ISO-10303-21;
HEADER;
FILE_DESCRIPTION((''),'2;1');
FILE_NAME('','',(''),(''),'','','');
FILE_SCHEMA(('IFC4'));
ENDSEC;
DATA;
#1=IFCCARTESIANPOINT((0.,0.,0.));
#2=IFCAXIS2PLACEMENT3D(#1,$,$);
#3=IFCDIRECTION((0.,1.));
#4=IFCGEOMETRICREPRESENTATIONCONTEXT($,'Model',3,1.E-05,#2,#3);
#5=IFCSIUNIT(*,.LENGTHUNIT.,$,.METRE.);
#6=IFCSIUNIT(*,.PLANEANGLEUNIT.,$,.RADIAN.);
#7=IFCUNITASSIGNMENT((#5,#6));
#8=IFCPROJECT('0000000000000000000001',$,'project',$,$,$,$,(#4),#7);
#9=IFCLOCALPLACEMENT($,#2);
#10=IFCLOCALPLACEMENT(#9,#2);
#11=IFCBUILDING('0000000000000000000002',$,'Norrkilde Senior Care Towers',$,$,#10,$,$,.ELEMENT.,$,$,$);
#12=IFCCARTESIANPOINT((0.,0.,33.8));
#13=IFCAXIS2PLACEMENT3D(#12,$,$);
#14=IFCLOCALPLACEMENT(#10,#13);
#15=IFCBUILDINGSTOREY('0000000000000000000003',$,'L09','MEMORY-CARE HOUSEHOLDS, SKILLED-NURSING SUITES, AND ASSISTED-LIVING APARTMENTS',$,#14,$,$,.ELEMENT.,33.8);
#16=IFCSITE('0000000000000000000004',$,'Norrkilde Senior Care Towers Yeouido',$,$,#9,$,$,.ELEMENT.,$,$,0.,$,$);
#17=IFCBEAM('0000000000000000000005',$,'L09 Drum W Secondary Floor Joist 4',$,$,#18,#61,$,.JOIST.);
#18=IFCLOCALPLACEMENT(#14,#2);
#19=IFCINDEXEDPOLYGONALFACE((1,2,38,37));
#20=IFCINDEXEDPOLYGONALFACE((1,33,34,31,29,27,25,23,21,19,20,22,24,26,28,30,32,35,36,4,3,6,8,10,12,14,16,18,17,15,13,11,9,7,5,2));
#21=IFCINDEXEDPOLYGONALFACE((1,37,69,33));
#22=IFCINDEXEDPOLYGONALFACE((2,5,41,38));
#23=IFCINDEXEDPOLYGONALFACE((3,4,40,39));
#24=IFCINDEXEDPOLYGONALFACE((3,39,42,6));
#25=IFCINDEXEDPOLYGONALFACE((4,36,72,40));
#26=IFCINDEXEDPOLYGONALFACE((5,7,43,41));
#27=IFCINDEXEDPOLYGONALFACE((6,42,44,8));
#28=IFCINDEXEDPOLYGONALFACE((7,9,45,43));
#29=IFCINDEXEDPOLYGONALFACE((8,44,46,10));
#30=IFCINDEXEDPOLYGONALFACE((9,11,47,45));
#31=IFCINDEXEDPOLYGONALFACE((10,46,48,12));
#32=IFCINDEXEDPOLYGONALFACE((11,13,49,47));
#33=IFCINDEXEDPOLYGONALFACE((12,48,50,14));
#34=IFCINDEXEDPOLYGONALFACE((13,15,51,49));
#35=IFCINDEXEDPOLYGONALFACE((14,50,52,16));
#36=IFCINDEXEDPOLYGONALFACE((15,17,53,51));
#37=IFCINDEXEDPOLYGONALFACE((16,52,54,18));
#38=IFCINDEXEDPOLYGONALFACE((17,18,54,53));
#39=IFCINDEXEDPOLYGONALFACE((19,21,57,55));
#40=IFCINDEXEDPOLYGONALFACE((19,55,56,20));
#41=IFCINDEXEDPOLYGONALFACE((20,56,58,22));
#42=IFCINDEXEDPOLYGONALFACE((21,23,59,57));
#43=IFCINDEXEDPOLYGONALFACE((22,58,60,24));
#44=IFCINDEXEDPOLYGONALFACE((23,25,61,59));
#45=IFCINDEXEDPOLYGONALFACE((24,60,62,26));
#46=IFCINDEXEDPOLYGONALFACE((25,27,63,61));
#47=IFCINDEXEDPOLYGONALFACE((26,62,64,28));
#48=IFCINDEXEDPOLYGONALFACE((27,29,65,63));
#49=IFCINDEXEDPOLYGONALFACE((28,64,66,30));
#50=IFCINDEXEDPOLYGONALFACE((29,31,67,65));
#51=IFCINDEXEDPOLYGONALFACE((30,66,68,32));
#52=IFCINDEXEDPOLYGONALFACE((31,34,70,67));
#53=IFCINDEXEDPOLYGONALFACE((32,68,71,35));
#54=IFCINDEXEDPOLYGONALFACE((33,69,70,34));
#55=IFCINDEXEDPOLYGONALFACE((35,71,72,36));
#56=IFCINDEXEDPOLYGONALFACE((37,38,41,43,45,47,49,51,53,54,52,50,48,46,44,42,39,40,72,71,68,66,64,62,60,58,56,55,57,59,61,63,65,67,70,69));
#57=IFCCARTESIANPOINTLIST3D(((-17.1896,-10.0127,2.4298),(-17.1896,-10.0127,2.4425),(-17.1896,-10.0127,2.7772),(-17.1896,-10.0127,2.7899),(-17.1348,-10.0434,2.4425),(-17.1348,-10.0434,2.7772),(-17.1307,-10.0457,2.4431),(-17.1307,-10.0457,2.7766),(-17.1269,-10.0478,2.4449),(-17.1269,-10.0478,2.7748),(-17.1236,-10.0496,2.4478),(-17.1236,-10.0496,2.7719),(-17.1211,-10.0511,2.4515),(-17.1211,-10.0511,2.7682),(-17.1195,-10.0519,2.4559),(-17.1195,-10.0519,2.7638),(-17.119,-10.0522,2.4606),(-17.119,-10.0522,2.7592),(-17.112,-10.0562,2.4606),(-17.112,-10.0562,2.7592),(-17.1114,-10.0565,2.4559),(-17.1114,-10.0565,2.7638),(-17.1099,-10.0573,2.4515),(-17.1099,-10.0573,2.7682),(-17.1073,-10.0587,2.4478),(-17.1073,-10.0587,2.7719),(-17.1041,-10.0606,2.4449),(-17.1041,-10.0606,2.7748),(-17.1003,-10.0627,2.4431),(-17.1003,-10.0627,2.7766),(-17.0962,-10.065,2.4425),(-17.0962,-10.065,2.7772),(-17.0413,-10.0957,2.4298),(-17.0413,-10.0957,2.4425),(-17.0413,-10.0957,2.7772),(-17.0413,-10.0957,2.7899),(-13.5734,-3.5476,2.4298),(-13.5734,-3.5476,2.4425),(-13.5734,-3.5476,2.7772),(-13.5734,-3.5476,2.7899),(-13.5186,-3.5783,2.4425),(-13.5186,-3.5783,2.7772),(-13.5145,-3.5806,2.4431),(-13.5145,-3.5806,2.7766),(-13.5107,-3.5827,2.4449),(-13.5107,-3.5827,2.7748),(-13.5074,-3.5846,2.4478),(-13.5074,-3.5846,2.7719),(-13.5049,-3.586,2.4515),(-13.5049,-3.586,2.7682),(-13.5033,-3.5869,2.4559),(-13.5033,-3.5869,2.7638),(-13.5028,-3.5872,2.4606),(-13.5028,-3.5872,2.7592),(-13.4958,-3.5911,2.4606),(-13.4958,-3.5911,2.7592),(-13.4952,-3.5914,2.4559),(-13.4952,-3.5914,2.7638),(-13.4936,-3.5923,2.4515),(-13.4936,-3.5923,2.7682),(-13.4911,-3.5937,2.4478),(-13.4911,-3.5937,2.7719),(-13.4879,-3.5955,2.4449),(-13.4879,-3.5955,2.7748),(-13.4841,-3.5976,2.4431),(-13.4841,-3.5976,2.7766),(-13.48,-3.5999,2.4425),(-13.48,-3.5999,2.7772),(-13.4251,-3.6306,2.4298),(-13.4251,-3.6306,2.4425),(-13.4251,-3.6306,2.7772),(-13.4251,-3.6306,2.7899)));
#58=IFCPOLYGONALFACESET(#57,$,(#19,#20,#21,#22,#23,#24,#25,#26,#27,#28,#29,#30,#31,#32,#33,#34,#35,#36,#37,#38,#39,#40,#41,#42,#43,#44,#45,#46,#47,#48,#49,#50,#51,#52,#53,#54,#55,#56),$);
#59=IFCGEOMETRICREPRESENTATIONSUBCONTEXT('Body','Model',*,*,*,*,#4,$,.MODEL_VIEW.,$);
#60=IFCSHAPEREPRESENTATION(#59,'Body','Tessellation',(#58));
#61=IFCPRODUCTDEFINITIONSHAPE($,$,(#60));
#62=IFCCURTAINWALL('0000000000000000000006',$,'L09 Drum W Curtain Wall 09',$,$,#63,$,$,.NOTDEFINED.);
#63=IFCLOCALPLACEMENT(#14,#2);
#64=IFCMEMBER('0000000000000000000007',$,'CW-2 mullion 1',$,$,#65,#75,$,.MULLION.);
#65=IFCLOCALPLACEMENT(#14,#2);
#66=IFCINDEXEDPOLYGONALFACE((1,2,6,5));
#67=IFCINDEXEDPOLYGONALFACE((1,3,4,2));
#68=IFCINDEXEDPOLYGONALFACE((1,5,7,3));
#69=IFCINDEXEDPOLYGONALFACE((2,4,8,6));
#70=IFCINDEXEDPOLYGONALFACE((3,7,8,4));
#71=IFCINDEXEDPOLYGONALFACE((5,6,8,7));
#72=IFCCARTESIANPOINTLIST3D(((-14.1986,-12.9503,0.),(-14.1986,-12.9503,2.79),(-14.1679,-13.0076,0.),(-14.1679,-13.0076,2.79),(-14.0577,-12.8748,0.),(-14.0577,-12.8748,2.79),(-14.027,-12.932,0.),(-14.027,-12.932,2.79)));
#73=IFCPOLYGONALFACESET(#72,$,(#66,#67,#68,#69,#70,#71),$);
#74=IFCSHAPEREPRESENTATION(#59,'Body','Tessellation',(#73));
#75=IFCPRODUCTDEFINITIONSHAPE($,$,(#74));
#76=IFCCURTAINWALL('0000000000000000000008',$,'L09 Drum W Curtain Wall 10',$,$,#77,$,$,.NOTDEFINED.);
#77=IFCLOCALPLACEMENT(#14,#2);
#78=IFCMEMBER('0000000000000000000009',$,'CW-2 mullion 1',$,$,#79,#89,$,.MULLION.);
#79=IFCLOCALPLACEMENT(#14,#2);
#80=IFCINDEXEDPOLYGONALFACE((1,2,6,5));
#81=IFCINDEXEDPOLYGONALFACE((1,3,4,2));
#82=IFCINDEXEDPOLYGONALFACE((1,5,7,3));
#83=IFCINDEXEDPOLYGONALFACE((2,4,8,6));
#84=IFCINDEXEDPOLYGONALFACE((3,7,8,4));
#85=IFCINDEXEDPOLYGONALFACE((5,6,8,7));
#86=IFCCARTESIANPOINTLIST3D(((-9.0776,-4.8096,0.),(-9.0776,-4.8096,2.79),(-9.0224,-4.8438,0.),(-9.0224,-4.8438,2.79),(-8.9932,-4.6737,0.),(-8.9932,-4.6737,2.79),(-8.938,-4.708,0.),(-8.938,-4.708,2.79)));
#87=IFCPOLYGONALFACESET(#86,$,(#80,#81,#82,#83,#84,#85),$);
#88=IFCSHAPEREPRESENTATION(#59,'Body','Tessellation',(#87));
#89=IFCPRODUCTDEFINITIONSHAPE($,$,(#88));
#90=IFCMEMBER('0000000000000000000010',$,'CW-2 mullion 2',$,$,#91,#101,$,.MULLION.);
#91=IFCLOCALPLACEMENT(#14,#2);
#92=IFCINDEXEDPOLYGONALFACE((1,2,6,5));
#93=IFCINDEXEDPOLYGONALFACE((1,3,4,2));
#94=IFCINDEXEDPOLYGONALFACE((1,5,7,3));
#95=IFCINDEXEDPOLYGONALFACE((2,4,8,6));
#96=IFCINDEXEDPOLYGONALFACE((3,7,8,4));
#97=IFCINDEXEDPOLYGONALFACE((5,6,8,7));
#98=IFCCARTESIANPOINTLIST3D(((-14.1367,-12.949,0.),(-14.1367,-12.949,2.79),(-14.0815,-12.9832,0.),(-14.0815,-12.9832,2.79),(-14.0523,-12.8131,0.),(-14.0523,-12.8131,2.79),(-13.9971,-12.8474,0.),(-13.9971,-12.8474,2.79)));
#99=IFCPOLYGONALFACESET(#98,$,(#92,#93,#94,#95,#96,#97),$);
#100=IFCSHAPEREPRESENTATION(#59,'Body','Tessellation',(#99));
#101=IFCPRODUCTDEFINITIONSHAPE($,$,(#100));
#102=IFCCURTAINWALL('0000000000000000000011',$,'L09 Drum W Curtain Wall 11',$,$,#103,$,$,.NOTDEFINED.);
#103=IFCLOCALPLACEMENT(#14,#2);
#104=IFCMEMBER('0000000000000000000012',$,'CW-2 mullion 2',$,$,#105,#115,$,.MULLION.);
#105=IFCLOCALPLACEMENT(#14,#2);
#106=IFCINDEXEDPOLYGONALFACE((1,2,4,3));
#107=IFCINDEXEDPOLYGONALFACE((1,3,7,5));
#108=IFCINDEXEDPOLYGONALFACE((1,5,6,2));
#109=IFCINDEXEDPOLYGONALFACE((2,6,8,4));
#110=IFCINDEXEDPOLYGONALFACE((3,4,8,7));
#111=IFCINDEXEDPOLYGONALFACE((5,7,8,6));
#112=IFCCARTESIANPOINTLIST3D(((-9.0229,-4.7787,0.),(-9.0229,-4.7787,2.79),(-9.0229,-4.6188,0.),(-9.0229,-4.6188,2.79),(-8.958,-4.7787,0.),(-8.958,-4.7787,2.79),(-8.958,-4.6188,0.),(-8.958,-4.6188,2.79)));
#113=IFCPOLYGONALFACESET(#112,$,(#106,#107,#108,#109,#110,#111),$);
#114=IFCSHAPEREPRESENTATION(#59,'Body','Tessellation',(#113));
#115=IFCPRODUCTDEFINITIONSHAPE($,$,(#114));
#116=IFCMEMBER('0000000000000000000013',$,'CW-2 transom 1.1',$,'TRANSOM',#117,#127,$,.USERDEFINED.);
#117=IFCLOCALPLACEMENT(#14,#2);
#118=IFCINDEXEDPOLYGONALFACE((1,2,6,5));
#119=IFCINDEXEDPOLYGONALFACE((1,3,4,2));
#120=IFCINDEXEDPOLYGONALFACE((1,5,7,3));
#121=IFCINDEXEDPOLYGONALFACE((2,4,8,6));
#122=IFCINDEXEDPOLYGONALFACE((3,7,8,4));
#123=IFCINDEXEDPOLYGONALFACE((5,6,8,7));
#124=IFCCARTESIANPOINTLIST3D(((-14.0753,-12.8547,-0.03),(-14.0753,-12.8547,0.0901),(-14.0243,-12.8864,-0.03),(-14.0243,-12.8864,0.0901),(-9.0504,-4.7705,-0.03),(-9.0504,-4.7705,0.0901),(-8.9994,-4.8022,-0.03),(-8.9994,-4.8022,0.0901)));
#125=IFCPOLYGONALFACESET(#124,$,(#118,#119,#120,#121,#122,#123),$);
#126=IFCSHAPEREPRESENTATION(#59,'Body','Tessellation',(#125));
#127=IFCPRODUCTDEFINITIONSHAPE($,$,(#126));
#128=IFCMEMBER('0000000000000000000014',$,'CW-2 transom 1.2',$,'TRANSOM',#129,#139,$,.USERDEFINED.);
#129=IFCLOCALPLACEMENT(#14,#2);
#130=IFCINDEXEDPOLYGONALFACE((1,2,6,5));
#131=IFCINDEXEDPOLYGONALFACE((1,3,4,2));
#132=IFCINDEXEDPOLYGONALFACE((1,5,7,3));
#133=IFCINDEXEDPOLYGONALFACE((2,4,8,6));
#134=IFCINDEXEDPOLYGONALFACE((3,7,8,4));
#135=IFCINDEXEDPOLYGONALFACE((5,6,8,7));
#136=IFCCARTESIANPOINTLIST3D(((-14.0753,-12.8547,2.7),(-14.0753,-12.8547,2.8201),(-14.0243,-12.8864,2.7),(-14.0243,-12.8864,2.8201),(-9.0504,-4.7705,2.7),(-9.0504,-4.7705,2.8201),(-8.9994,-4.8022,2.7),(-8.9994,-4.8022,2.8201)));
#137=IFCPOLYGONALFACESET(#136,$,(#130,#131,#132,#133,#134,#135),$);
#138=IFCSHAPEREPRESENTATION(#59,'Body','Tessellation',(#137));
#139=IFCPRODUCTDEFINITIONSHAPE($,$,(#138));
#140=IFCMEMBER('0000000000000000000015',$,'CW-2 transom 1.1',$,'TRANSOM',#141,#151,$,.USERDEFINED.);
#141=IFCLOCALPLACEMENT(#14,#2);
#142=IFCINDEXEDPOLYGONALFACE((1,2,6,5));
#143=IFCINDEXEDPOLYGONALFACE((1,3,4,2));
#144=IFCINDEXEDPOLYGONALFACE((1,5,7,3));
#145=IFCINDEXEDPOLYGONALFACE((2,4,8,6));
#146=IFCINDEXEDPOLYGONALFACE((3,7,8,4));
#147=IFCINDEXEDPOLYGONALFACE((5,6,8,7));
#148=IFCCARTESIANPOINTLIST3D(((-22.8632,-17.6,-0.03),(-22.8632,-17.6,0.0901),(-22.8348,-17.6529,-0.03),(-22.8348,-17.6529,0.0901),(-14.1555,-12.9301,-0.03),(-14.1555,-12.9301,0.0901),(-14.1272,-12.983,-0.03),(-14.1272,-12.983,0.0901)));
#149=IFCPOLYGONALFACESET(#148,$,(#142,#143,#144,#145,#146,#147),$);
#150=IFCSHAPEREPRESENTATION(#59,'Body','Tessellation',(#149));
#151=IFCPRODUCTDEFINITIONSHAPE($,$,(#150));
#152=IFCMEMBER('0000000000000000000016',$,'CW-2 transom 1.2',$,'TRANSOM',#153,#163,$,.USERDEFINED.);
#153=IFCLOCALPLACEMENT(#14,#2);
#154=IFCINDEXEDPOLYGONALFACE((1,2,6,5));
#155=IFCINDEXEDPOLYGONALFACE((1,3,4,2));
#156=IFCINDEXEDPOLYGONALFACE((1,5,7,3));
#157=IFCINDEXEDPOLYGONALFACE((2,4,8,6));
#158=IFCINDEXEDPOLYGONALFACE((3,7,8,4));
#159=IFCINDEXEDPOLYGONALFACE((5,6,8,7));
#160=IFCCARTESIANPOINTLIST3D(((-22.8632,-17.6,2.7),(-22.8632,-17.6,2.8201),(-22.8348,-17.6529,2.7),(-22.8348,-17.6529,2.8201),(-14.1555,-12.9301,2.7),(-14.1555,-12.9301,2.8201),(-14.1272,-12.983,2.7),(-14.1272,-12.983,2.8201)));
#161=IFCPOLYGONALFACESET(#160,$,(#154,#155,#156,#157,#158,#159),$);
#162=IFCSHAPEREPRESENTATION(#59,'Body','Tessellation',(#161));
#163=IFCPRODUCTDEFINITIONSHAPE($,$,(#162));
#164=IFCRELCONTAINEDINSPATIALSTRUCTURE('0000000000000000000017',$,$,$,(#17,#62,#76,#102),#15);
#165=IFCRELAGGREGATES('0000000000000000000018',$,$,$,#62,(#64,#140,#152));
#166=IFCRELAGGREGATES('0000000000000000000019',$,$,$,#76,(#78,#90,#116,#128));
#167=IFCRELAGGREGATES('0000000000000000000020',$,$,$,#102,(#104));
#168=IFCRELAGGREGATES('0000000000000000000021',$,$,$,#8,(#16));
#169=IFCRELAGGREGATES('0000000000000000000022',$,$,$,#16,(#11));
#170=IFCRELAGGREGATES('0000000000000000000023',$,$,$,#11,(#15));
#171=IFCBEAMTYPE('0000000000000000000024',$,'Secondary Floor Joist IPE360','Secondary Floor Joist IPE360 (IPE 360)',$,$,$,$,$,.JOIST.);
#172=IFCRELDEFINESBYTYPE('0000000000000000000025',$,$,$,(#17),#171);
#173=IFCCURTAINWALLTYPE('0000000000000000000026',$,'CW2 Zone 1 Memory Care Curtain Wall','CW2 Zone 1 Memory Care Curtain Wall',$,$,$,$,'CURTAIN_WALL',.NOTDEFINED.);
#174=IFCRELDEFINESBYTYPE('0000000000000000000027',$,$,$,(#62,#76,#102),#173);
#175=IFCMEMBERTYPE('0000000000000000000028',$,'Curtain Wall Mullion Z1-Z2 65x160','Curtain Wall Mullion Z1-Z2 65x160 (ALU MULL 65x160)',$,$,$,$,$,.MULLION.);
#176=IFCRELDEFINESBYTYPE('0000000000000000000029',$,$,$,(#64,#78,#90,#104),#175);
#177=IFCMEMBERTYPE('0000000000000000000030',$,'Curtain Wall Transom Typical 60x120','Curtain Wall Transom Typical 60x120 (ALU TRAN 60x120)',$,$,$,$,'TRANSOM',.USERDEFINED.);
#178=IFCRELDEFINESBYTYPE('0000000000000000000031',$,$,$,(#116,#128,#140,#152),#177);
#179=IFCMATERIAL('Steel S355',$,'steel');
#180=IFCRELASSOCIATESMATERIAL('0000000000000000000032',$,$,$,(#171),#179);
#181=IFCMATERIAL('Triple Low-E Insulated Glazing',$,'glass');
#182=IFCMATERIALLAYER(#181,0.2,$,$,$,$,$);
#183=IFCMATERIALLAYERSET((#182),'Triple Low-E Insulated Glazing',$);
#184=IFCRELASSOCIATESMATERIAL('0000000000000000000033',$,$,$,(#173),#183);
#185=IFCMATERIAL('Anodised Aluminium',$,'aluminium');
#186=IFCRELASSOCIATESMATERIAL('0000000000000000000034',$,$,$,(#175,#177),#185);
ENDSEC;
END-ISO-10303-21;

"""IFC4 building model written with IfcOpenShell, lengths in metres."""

from ifc_helpers import new_model, si_unit, direction, frame, origin, origin_2d, place, context, subcontext, project, spatial, rectangle, i_section, extrude, source, transform, mapped, material, layer, layer_set, material_profile, profile_set, type_object, type_shapes, element, aggregate, save


model = new_model("IFC4")

# Units and contexts
model_context = context("Model", 3, precision=1e-05, world=origin(), true_north=direction((0.0, 1.0)))
body_context = subcontext(model_context, "Body", "Model", "MODEL_VIEW")
ifc_project = project(units=[si_unit("LENGTHUNIT", "METRE"), si_unit("PLANEANGLEUNIT", "RADIAN")], contexts=[model_context])

# Site, building, storey
site_placement = place(None, origin())
site = spatial("IfcSite", under=ifc_project, at=site_placement, Name="Norrkilde Senior Care Towers Yeouido", CompositionType="ELEMENT", RefElevation=0.0)
building_placement = place(site_placement, origin())
building = spatial("IfcBuilding", under=site, at=building_placement, Name="Norrkilde Senior Care Towers", CompositionType="ELEMENT")
storey_placement = place(building_placement, frame((0.0, 0.0, 33.8)))
storey = spatial("IfcBuildingStorey", under=building, at=storey_placement, Name="L09", Description="MEMORY-CARE HOUSEHOLDS, SKILLED-NURSING SUITES, AND ASSISTED-LIVING APARTMENTS", CompositionType="ELEMENT", Elevation=33.8)

# Beam
ifc_material_1 = material(Name="Steel S355", Category="steel")
ifc_material_profile_1 = material_profile(ifc_material_1, i_section(OverallWidth=0.1699, OverallDepth=0.3601, WebThickness=0.0081, FlangeThickness=0.0127, FilletRadius=0.0181, at=origin_2d()), Name="IPE 360")
ifc_profile_set_1 = profile_set([ifc_material_profile_1], Name="Steel S355")
beam_type_1 = type_object("IfcBeamType", Name="Secondary Floor Joist IPE360", Description="Secondary Floor Joist IPE360 (IPE 360)", PredefinedType="JOIST", material=ifc_profile_set_1)
shared_shape_1 = source(origin(), body_context, "Body", "SweptSolid", [
    extrude(i_section(OverallWidth=0.1699, OverallDepth=0.3601, WebThickness=0.0081, FlangeThickness=0.0127, FilletRadius=0.0181, at=origin_2d()), origin(), (0.0, 0.0, 1.0), 7.4077),
])
type_shapes(beam_type_1, [shared_shape_1])
beam_1_placement = place(storey_placement, frame((-17.1155, -10.0542, 2.6099), z_axis=(0.488168, 0.87275, 0.0), x_axis=(-0.87275, 0.488168, 0.0)))
element("IfcBeam", 1, at=beam_1_placement, inside=storey, type_object=beam_type_1, Name="L09 Drum W Secondary Floor Joist 4", PredefinedType="JOIST", context=body_context, shape_type="MappedRepresentation", body=[
    mapped(shared_shape_1, transform((0.0, 0.0, 0.0), x_axis=(1.0, 0.0, 0.0), y_axis=(0.0, 1.0, 0.0), z_axis=(0.0, 0.0, 1.0), scale=1.0)),
])

# Curtain wall, member
ifc_material_2 = material(Name="Triple Low-E Insulated Glazing", Category="glass")
ifc_layer_1 = layer(ifc_material_2, 0.2)
ifc_layer_set_1 = layer_set([ifc_layer_1], Name="Triple Low-E Insulated Glazing")
curtain_wall_type = type_object("IfcCurtainWallType", Name="CW2 Zone 1 Memory Care Curtain Wall", Description="CW2 Zone 1 Memory Care Curtain Wall", ElementType="CURTAIN_WALL", PredefinedType="NOTDEFINED", material=ifc_layer_set_1)
curtain_wall_1_placement = place(storey_placement, origin())
curtain_wall_1 = element("IfcCurtainWall", 2, at=curtain_wall_1_placement, inside=storey, type_object=curtain_wall_type, Name="L09 Drum W Curtain Wall 09", PredefinedType="NOTDEFINED")
ifc_material_3 = material(Name="Anodised Aluminium", Category="aluminium")
ifc_material_profile_2 = material_profile(ifc_material_3, rectangle(XDim=0.0649, YDim=0.1599, at=origin_2d()), Name="ALU MULL 65x160")
ifc_profile_set_2 = profile_set([ifc_material_profile_2], Name="Anodised Aluminium")
member_type_1 = type_object("IfcMemberType", Name="Curtain Wall Mullion Z1-Z2 65x160", Description="Curtain Wall Mullion Z1-Z2 65x160 (ALU MULL 65x160)", PredefinedType="MULLION", material=ifc_profile_set_2)
shared_shape_2 = source(origin(), body_context, "Body", "SweptSolid", [
    extrude(rectangle(XDim=0.0649, YDim=0.1599, at=origin_2d()), origin(), (0.0, 0.0, 1.0), 2.79),
])
type_shapes(member_type_1, [shared_shape_2])
member_1_placement = place(storey_placement, frame((-14.1128, -12.9412, 0.0), z_axis=(0.0, 0.0, 1.0), x_axis=(0.472608, -0.881273, 0.0)))
member_1 = element("IfcMember", 3, at=member_1_placement, type_object=member_type_1, Name="CW-2 mullion 1", PredefinedType="MULLION", context=body_context, shape_type="MappedRepresentation", body=[
    mapped(shared_shape_2, transform((0.0, 0.0, 0.0), x_axis=(1.0, 0.0, 0.0), y_axis=(0.0, 1.0, 0.0), z_axis=(0.0, 0.0, 1.0), scale=1.0)),
])

# Curtain wall, members
curtain_wall_2_placement = place(storey_placement, origin())
curtain_wall_2 = element("IfcCurtainWall", 4, at=curtain_wall_2_placement, inside=storey, type_object=curtain_wall_type, Name="L09 Drum W Curtain Wall 10", PredefinedType="NOTDEFINED")
member_2_placement = place(storey_placement, frame((-9.0078, -4.7588, 0.0), z_axis=(0.0, 0.0, 1.0), x_axis=(0.849306, -0.527901, 0.0)))
member_2 = element("IfcMember", 5, at=member_2_placement, type_object=member_type_1, Name="CW-2 mullion 1", PredefinedType="MULLION", context=body_context, shape_type="MappedRepresentation", body=[
    mapped(shared_shape_2, transform((0.0, 0.0, 0.0), x_axis=(1.0, 0.0, 0.0), y_axis=(0.0, 1.0, 0.0), z_axis=(0.0, 0.0, 1.0), scale=1.0)),
])
member_3_placement = place(storey_placement, frame((-14.0669, -12.8982, 0.0), z_axis=(0.0, 0.0, 1.0), x_axis=(0.849306, -0.527901, 0.0)))
member_3 = element("IfcMember", 6, at=member_3_placement, type_object=member_type_1, Name="CW-2 mullion 2", PredefinedType="MULLION", context=body_context, shape_type="MappedRepresentation", body=[
    mapped(shared_shape_2, transform((0.0, 0.0, 0.0), x_axis=(1.0, 0.0, 0.0), y_axis=(0.0, 1.0, 0.0), z_axis=(0.0, 0.0, 1.0), scale=1.0)),
])

# Curtain wall, member
curtain_wall_3_placement = place(storey_placement, origin())
curtain_wall_3 = element("IfcCurtainWall", 7, at=curtain_wall_3_placement, inside=storey, type_object=curtain_wall_type, Name="L09 Drum W Curtain Wall 11", PredefinedType="NOTDEFINED")
member_4_placement = place(storey_placement, frame((-8.9905, -4.6987, 0.0), z_axis=(0.0, 0.0, 1.0), x_axis=(1.0, 0.0, 0.0)))
member_4 = element("IfcMember", 8, at=member_4_placement, type_object=member_type_1, Name="CW-2 mullion 2", PredefinedType="MULLION", context=body_context, shape_type="MappedRepresentation", body=[
    mapped(shared_shape_2, transform((0.0, 0.0, 0.0), x_axis=(1.0, 0.0, 0.0), y_axis=(0.0, 1.0, 0.0), z_axis=(0.0, 0.0, 1.0), scale=1.0)),
])

# Members
ifc_material_profile_3 = material_profile(ifc_material_3, rectangle(XDim=0.0601, YDim=0.1201, at=origin_2d()), Name="ALU TRAN 60x120")
ifc_profile_set_3 = profile_set([ifc_material_profile_3], Name="Anodised Aluminium")
member_type_2 = type_object("IfcMemberType", Name="Curtain Wall Transom Typical 60x120", Description="Curtain Wall Transom Typical 60x120 (ALU TRAN 60x120)", ElementType="TRANSOM", PredefinedType="USERDEFINED", material=ifc_profile_set_3)
shared_shape_3 = source(origin(), body_context, "Body", "SweptSolid", [
    extrude(rectangle(XDim=0.0601, YDim=0.1201, at=origin_2d()), origin(), (0.0, 0.0, 1.0), 9.5186),
])
member_5_placement = place(storey_placement, frame((-9.0249, -4.7864, 0.03), z_axis=(-0.527902, -0.849306, 0.0), x_axis=(0.849306, -0.527902, 0.0)))
member_5 = element("IfcMember", 9, at=member_5_placement, type_object=member_type_2, Name="CW-2 transom 1.1", ObjectType="TRANSOM", PredefinedType="USERDEFINED", context=body_context, shape_type="MappedRepresentation", body=[
    mapped(shared_shape_3, transform((0.0, 0.0, 0.0), x_axis=(1.0, 0.0, 0.0), y_axis=(0.0, 1.0, 0.0), z_axis=(0.0, 0.0, 1.0), scale=1.0)),
])
member_6_placement = place(storey_placement, frame((-9.0249, -4.7864, 2.76), z_axis=(-0.527902, -0.849306, 0.0), x_axis=(0.849306, -0.527902, 0.0)))
member_6 = element("IfcMember", 10, at=member_6_placement, type_object=member_type_2, Name="CW-2 transom 1.2", ObjectType="TRANSOM", PredefinedType="USERDEFINED", context=body_context, shape_type="MappedRepresentation", body=[
    mapped(shared_shape_3, transform((0.0, 0.0, 0.0), x_axis=(1.0, 0.0, 0.0), y_axis=(0.0, 1.0, 0.0), z_axis=(0.0, 0.0, 1.0), scale=1.0)),
])
shared_shape_4 = source(origin(), body_context, "Body", "SweptSolid", [
    extrude(rectangle(XDim=0.0601, YDim=0.1201, at=origin_2d()), origin(), (0.0, 0.0, 1.0), 9.8809),
])
type_shapes(member_type_2, [shared_shape_3, shared_shape_4])
member_7_placement = place(storey_placement, frame((-14.1414, -12.9565, 0.03), z_axis=(-0.881267, -0.472618, 0.0), x_axis=(0.472618, -0.881267, 0.0)))
member_7 = element("IfcMember", 11, at=member_7_placement, type_object=member_type_2, Name="CW-2 transom 1.1", ObjectType="TRANSOM", PredefinedType="USERDEFINED", context=body_context, shape_type="MappedRepresentation", body=[
    mapped(shared_shape_4, transform((0.0, 0.0, 0.0), x_axis=(1.0, 0.0, 0.0), y_axis=(0.0, 1.0, 0.0), z_axis=(0.0, 0.0, 1.0), scale=1.0)),
])
member_8_placement = place(storey_placement, frame((-14.1414, -12.9565, 2.76), z_axis=(-0.881267, -0.472618, 0.0), x_axis=(0.472618, -0.881267, 0.0)))
member_8 = element("IfcMember", 12, at=member_8_placement, type_object=member_type_2, Name="CW-2 transom 1.2", ObjectType="TRANSOM", PredefinedType="USERDEFINED", context=body_context, shape_type="MappedRepresentation", body=[
    mapped(shared_shape_4, transform((0.0, 0.0, 0.0), x_axis=(1.0, 0.0, 0.0), y_axis=(0.0, 1.0, 0.0), z_axis=(0.0, 0.0, 1.0), scale=1.0)),
])
aggregate(curtain_wall_1, [member_1, member_7, member_8])

aggregate(curtain_wall_2, [member_2, member_3, member_5, member_6])
aggregate(curtain_wall_3, [member_4])

save(model, "model.ifc")
